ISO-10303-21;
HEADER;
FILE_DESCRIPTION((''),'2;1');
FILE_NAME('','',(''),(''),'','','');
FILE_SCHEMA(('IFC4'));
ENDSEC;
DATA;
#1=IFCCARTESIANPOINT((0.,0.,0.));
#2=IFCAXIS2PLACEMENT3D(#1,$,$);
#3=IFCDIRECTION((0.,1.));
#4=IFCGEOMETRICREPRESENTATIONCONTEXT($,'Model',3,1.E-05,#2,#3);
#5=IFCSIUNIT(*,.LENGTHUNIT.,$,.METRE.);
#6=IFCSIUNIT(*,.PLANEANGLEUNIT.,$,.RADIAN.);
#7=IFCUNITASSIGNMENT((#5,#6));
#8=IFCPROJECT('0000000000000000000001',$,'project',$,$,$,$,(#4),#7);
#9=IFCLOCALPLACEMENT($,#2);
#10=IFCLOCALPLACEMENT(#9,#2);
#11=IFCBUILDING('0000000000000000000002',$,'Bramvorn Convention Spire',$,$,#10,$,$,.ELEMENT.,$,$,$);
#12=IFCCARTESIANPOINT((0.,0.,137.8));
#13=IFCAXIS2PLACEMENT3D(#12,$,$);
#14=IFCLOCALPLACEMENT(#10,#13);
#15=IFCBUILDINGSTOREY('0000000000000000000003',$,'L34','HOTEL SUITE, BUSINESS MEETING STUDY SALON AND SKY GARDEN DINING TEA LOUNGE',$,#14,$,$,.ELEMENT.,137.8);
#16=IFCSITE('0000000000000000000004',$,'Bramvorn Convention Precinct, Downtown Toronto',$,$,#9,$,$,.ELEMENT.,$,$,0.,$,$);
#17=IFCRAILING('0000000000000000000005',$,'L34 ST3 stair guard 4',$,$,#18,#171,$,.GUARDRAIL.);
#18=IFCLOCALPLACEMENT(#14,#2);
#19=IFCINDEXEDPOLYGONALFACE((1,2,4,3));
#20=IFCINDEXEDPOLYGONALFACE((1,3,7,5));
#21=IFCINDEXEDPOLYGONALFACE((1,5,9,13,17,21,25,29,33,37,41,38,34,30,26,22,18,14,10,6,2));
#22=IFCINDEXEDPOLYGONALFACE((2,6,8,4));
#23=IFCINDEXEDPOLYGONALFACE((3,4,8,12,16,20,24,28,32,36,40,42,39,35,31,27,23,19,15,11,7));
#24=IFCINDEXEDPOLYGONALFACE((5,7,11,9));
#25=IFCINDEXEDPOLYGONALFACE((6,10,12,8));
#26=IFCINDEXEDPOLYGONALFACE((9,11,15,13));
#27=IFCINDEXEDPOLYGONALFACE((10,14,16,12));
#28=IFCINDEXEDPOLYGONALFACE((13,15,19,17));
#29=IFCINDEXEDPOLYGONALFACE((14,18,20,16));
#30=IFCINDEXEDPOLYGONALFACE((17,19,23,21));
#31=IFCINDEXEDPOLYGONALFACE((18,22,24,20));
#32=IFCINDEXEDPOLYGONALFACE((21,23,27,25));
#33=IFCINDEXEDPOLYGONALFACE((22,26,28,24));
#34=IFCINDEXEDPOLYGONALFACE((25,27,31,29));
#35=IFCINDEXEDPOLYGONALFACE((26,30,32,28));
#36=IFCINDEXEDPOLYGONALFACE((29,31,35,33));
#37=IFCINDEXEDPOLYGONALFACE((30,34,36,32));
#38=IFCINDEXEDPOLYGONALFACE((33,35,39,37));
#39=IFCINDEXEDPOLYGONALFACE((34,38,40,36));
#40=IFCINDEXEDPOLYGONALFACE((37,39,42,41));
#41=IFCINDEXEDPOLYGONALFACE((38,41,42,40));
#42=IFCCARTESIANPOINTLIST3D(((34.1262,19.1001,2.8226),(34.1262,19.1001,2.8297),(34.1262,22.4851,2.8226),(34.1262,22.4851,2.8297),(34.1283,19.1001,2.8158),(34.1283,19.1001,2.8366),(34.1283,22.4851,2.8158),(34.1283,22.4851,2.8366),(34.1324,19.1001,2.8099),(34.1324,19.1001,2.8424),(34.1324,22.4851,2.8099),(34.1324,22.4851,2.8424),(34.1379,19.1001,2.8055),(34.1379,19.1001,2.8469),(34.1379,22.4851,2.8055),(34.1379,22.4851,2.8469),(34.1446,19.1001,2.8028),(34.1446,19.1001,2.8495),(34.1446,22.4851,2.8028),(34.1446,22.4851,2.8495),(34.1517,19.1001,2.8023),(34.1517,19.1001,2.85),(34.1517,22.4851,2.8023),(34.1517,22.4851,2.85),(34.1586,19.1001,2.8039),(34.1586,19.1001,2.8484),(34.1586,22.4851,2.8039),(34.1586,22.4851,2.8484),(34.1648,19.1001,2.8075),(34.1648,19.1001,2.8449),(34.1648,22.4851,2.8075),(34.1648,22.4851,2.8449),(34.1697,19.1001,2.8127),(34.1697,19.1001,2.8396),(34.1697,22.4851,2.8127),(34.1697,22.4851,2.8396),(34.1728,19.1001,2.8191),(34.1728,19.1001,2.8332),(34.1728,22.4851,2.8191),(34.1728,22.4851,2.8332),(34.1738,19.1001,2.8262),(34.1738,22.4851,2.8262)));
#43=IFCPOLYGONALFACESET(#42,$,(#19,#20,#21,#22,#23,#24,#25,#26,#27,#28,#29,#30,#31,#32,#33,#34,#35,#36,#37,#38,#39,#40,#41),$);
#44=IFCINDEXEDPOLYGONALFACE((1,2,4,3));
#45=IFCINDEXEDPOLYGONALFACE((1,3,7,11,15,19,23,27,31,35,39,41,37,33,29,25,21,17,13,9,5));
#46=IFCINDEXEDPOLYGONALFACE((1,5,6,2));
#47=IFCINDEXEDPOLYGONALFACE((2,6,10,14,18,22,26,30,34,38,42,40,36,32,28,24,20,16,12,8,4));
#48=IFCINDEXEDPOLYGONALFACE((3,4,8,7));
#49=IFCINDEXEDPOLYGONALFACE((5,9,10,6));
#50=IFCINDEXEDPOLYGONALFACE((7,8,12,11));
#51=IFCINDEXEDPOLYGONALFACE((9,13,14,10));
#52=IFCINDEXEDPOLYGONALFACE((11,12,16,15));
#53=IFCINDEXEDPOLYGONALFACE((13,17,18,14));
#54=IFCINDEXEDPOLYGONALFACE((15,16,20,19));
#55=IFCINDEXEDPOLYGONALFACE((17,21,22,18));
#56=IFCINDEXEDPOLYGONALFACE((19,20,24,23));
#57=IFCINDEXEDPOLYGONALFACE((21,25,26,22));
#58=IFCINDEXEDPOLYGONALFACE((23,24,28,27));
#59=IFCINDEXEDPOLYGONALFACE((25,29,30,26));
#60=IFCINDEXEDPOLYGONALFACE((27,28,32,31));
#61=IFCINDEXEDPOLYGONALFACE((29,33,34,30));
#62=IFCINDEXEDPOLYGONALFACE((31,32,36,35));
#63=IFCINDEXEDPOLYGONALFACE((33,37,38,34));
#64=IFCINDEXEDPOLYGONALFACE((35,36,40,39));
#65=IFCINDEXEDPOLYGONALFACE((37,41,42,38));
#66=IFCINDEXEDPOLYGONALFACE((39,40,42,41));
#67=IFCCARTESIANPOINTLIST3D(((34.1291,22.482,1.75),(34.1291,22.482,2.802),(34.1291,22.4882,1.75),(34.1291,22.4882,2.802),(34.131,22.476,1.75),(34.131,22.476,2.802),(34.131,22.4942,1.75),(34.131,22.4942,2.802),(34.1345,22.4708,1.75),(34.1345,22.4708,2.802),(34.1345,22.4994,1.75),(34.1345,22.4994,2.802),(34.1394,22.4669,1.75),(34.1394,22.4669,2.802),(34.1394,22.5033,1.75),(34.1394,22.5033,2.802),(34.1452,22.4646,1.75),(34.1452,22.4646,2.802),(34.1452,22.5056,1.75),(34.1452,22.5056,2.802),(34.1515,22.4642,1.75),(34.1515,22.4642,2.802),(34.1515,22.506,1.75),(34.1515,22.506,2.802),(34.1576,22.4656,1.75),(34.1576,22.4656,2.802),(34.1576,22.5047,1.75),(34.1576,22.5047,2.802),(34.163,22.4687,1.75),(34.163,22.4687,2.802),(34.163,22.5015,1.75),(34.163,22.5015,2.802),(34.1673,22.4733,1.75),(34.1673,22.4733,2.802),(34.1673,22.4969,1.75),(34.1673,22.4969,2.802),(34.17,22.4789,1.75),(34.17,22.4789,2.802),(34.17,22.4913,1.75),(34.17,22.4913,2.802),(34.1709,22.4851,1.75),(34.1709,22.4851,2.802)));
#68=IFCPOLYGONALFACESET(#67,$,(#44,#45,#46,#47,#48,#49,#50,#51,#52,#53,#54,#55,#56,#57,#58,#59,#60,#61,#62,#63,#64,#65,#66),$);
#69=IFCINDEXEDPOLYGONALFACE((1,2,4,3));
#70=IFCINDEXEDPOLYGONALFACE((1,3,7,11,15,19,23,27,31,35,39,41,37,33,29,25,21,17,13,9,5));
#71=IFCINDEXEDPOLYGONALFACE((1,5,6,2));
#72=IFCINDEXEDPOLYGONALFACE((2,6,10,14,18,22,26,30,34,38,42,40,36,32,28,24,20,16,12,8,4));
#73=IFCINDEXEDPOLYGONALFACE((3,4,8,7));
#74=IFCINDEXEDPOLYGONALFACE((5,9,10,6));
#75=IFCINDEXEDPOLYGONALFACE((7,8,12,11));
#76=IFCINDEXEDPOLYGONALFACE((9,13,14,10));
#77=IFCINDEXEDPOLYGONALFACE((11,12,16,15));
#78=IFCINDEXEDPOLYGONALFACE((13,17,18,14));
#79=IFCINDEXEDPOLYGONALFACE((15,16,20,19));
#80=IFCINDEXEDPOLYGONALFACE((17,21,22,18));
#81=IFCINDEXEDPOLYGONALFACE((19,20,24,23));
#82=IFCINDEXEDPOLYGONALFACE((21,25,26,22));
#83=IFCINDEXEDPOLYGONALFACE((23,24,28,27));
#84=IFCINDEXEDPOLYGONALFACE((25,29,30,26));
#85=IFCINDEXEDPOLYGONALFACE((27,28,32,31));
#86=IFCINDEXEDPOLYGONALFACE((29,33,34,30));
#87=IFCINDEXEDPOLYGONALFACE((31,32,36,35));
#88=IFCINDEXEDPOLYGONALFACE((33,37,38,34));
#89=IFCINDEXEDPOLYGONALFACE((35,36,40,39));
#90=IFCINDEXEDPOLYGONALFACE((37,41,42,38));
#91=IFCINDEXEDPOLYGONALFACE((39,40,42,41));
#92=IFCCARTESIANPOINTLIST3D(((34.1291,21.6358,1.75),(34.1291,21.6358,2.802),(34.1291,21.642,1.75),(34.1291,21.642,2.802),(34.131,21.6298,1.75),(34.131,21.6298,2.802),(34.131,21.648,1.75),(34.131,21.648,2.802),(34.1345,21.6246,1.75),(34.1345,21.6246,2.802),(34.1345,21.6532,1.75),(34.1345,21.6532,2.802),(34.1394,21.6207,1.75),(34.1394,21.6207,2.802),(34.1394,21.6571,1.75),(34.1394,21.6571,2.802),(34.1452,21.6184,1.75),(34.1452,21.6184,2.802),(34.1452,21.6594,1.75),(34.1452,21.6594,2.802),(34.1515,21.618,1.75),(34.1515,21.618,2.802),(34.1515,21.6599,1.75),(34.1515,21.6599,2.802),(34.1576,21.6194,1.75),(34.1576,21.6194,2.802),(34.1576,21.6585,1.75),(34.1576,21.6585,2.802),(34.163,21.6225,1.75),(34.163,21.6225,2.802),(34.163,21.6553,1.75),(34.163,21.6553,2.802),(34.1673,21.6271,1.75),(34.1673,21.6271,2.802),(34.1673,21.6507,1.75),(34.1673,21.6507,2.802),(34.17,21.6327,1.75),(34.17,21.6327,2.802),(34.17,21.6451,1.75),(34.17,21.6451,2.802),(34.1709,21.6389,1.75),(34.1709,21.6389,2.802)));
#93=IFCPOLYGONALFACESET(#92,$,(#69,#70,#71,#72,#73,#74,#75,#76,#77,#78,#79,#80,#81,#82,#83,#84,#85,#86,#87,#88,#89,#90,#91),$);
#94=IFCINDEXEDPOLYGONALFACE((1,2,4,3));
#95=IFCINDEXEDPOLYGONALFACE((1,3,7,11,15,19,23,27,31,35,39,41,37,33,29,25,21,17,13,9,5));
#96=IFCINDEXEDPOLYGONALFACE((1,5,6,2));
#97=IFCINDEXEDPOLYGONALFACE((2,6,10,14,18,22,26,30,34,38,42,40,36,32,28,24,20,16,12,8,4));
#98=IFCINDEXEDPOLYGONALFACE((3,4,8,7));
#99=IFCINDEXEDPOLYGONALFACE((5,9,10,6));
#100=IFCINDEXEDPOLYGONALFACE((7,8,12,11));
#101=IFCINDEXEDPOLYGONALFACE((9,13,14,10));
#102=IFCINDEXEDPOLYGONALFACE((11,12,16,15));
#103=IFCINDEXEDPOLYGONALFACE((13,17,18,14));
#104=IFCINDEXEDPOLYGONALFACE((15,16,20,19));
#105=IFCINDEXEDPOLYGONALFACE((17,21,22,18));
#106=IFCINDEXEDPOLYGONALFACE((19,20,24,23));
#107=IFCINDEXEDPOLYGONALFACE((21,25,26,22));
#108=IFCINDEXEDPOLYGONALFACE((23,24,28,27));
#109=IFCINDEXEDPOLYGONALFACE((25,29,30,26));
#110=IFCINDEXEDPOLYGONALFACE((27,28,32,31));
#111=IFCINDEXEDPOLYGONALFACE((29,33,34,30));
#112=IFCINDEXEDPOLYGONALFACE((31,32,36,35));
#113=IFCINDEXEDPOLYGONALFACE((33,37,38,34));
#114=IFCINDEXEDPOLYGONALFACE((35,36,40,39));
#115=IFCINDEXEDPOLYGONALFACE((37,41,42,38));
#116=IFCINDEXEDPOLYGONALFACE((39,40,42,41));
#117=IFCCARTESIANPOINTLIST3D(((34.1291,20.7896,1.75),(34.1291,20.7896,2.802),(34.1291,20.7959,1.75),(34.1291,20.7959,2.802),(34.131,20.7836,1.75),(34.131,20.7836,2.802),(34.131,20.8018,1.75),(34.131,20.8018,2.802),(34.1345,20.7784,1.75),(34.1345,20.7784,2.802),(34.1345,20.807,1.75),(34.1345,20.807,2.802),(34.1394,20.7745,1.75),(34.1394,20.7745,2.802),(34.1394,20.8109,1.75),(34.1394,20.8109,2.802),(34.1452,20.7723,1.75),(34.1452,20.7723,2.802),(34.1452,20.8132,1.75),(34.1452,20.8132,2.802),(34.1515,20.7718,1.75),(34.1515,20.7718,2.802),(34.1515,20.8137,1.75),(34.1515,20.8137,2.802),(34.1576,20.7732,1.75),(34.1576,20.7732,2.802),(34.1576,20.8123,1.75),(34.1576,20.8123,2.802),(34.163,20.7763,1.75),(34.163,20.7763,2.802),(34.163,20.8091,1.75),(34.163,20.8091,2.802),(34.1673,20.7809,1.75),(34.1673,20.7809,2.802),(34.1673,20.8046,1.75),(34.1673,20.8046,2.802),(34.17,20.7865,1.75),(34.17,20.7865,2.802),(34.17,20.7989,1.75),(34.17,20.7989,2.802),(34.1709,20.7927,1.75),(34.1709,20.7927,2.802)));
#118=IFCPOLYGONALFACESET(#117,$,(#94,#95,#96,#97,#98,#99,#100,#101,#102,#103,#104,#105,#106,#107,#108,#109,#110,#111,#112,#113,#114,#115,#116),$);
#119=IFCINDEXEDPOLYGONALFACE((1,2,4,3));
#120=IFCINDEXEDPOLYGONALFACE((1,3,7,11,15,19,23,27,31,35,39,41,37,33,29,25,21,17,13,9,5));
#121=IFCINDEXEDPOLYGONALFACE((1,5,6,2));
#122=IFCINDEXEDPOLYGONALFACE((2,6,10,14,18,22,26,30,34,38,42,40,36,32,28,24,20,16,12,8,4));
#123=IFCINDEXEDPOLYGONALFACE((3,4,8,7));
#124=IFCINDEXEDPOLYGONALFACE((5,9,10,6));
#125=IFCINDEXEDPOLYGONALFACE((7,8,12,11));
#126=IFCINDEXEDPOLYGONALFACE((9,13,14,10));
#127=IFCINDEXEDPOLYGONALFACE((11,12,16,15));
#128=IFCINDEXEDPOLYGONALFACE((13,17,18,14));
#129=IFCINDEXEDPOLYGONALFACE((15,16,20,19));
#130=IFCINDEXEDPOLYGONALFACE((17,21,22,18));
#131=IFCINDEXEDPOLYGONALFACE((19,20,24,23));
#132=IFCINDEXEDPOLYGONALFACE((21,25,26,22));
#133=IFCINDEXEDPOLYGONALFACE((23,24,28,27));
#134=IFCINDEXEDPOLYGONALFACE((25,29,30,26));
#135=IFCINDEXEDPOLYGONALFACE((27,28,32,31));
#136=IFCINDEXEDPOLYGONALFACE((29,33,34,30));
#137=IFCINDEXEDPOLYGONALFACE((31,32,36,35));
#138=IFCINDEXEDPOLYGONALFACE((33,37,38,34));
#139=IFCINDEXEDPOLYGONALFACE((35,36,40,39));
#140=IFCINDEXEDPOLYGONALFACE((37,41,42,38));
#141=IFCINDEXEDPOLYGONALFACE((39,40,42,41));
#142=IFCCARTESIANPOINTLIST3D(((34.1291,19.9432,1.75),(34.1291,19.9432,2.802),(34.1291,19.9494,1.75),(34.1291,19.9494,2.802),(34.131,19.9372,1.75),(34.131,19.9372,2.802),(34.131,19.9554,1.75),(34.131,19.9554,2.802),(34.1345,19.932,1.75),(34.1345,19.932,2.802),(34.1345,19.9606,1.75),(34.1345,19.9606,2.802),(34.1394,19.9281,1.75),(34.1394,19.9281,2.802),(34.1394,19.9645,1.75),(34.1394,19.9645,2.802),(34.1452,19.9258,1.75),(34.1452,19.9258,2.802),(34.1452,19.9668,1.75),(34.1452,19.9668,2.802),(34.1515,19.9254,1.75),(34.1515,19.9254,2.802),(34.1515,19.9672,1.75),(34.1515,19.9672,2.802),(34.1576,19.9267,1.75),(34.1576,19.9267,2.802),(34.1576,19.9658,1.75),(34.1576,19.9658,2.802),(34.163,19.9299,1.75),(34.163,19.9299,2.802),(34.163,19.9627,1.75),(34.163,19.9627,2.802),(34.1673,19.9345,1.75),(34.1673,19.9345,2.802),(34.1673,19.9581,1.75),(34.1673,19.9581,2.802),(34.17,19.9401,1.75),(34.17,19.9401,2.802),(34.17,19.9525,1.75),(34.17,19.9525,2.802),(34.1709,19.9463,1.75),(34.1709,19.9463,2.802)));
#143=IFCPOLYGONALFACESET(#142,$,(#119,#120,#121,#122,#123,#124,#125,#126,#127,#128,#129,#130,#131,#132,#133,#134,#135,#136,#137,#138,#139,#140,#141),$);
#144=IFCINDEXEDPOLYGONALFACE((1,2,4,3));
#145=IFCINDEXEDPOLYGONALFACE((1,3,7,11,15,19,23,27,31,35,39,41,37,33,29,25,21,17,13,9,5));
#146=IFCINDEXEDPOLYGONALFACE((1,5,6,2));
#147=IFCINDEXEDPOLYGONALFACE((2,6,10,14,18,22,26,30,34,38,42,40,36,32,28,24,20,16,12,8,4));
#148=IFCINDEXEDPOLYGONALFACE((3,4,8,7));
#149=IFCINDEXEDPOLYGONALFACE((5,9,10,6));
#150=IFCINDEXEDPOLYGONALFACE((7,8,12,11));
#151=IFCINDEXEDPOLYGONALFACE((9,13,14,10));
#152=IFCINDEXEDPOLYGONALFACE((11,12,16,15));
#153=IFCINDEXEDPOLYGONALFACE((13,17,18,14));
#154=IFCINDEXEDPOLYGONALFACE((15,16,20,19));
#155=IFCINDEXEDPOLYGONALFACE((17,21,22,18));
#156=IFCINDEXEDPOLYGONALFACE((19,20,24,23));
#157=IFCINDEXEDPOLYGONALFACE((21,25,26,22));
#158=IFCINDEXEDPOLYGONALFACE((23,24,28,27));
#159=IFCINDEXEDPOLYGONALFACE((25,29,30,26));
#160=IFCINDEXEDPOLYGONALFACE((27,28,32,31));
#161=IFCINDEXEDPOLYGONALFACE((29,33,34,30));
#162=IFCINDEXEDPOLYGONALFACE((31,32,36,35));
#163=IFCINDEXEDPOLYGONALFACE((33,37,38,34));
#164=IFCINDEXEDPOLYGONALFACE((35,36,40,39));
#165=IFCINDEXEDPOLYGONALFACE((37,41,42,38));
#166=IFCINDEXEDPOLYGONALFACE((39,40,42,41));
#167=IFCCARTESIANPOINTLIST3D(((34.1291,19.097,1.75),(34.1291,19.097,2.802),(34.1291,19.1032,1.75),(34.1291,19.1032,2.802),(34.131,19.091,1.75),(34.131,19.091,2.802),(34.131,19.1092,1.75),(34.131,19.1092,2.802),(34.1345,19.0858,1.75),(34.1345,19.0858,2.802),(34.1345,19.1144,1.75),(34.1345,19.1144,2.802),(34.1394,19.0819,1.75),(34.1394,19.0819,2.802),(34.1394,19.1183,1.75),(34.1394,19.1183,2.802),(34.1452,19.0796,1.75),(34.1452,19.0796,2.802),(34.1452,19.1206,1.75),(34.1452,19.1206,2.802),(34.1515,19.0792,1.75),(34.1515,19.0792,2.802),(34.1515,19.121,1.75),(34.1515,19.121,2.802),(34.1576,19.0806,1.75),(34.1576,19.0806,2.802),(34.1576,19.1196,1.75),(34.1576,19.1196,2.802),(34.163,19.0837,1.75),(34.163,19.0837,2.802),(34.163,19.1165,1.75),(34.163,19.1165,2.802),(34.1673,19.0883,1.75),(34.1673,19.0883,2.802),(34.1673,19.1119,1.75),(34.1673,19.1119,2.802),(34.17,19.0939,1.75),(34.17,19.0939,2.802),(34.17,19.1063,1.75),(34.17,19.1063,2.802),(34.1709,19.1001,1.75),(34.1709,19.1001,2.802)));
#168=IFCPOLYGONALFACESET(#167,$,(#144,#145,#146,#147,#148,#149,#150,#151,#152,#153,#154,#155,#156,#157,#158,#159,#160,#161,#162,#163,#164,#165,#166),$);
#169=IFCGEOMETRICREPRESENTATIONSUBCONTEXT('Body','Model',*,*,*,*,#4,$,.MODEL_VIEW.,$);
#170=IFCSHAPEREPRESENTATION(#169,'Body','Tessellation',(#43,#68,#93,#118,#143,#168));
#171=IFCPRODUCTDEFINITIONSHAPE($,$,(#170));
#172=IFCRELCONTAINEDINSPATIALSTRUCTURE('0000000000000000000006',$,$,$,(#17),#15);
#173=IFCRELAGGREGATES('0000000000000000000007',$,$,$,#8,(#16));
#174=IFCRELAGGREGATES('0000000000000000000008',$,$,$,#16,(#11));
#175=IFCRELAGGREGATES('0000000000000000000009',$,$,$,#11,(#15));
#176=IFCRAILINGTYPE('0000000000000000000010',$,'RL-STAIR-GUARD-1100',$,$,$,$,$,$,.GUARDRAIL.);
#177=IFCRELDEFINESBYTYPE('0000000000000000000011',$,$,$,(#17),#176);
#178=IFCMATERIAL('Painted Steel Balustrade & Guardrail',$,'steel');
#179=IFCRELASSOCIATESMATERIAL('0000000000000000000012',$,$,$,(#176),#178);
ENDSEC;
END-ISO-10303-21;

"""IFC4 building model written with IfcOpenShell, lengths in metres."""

from ifc_helpers import new_model, si_unit, direction, frame, origin, origin_2d, place, context, subcontext, project, spatial, circle, extrude, material, type_object, element, save


model = new_model("IFC4")

# Units and contexts
model_context = context("Model", 3, precision=1e-05, world=origin(), true_north=direction((0.0, 1.0)))
body_context = subcontext(model_context, "Body", "Model", "MODEL_VIEW")
ifc_project = project(units=[si_unit("LENGTHUNIT", "METRE"), si_unit("PLANEANGLEUNIT", "RADIAN")], contexts=[model_context])

# Site, building, storey
site_placement = place(None, origin())
site = spatial("IfcSite", under=ifc_project, at=site_placement, Name="Bramvorn Convention Precinct, Downtown Toronto", CompositionType="ELEMENT", RefElevation=0.0)
building_placement = place(site_placement, origin())
building = spatial("IfcBuilding", under=site, at=building_placement, Name="Bramvorn Convention Spire", CompositionType="ELEMENT")
storey_placement = place(building_placement, frame((0.0, 0.0, 137.8)))
storey = spatial("IfcBuildingStorey", under=building, at=storey_placement, Name="L34", Description="HOTEL SUITE, BUSINESS MEETING STUDY SALON AND SKY GARDEN DINING TEA LOUNGE", CompositionType="ELEMENT", Elevation=137.8)

# Railing
ifc_material_1 = material(Name="Painted Steel Balustrade & Guardrail", Category="steel")
railing_type_1 = type_object("IfcRailingType", Name="RL-STAIR-GUARD-1100", PredefinedType="GUARDRAIL", material=ifc_material_1)
railing_1_placement = place(storey_placement, frame((34.1499, 22.4851, 1.75)))
element("IfcRailing", 1, at=railing_1_placement, inside=storey, type_object=railing_type_1, Name="L34 ST3 stair guard 4", PredefinedType="GUARDRAIL", context=body_context, shape_type="SweptSolid", body=[
    extrude(circle(Radius=0.0239, at=origin_2d()), frame((0.0, 0.0, 1.0762), z_axis=(0.0, -1.0, 0.0), x_axis=(1.0, 0.0, 0.0)), (0.0, 0.0, 1.0), 3.385),
    extrude(circle(Radius=0.021, at=origin_2d()), origin(), (0.0, 0.0, 1.0), 1.052),
    extrude(circle(Radius=0.021, at=origin_2d()), frame((0.0, -0.8462, 0.0)), (0.0, 0.0, 1.0), 1.052),
    extrude(circle(Radius=0.021, at=origin_2d()), frame((0.0, -1.6924, 0.0)), (0.0, 0.0, 1.0), 1.052),
    extrude(circle(Radius=0.021, at=origin_2d()), frame((0.0, -2.5388, 0.0)), (0.0, 0.0, 1.0), 1.052),
    extrude(circle(Radius=0.021, at=origin_2d()), frame((0.0, -3.385, 0.0)), (0.0, 0.0, 1.0), 1.052),
])

save(model, "model.ifc")
